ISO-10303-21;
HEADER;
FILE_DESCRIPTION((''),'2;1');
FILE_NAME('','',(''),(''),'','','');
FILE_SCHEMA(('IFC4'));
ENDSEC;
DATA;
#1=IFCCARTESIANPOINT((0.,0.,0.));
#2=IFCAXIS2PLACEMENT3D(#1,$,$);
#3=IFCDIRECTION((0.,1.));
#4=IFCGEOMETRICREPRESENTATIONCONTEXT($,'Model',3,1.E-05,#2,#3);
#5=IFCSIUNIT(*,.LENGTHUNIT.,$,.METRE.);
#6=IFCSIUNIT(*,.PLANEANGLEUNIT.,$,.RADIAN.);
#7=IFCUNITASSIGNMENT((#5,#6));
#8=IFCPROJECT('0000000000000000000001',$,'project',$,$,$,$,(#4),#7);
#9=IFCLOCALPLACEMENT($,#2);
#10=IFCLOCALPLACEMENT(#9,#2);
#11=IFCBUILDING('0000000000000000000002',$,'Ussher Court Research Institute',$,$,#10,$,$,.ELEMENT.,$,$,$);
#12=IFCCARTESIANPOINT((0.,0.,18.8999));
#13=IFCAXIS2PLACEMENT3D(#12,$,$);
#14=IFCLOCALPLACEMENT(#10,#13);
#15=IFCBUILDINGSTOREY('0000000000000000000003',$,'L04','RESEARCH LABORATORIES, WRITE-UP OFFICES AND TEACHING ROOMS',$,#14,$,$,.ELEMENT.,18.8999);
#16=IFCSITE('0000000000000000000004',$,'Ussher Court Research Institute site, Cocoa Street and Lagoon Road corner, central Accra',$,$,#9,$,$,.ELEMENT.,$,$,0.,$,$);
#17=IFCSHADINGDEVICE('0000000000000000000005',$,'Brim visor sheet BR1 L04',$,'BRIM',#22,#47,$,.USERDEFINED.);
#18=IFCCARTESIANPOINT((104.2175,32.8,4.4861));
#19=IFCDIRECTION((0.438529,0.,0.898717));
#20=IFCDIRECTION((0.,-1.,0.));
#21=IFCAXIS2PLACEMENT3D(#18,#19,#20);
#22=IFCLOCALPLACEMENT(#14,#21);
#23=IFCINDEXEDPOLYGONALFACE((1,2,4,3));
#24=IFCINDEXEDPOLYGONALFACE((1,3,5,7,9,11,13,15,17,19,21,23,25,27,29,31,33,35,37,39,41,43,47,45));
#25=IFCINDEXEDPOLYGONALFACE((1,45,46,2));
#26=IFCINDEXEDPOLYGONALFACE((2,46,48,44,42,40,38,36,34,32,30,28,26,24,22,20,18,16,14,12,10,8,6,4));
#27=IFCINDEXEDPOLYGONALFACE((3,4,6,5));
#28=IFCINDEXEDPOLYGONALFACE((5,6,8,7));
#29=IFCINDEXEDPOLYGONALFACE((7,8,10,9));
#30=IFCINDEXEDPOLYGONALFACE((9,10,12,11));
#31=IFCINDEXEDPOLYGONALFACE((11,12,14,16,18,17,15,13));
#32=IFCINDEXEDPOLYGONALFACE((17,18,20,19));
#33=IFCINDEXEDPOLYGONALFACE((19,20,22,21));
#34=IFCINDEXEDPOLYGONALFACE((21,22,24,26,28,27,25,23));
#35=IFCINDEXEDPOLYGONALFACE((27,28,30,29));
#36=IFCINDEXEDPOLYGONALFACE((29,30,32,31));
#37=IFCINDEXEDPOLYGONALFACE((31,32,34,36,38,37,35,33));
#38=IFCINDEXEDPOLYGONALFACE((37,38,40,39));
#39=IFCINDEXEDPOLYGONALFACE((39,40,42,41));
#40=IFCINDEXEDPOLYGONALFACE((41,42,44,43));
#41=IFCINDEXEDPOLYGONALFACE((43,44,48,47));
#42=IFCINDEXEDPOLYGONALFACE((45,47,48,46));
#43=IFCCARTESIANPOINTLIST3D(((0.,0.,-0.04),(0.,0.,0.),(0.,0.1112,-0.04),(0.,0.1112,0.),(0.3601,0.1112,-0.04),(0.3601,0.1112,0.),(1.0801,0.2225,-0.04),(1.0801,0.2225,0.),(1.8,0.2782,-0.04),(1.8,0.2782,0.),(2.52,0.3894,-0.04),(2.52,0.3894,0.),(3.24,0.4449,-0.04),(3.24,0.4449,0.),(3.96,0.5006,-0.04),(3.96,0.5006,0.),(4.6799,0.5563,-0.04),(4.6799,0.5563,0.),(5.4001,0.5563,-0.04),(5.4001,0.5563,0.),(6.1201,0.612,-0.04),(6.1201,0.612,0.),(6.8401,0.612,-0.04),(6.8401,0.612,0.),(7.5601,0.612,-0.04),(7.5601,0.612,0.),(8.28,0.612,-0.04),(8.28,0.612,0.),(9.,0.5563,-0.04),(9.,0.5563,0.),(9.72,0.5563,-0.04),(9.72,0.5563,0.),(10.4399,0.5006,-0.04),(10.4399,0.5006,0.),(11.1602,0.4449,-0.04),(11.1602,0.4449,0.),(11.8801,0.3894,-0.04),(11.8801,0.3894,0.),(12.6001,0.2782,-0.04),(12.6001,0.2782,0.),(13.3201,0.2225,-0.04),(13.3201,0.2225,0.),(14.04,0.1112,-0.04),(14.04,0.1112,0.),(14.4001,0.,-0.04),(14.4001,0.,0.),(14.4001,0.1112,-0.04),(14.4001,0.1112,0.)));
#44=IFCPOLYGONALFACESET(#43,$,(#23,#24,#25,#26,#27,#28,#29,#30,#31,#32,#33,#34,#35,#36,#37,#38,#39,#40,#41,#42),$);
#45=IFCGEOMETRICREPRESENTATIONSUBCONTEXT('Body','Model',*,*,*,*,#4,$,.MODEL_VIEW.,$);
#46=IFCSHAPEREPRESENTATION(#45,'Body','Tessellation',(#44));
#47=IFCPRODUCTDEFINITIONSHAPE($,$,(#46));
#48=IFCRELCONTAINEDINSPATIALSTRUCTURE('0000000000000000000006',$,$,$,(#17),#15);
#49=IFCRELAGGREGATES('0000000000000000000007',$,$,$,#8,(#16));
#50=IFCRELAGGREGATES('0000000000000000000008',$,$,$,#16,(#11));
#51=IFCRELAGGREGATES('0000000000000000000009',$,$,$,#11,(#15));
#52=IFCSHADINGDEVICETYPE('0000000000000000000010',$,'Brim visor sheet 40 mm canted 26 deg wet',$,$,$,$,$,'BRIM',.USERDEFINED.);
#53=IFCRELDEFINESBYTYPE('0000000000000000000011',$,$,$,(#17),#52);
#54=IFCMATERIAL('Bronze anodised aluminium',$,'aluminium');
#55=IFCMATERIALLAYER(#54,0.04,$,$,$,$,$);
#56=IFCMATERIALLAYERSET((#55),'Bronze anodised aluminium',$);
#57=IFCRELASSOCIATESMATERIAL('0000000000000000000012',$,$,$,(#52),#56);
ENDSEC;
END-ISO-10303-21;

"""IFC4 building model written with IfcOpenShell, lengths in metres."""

from ifc_helpers import new_model, si_unit, direction, frame, origin, place, context, subcontext, project, spatial, polyline, outline, extrude, material, layer, layer_set, type_object, element, save


model = new_model("IFC4")

# Units and contexts
model_context = context("Model", 3, precision=1e-05, world=origin(), true_north=direction((0.0, 1.0)))
body_context = subcontext(model_context, "Body", "Model", "MODEL_VIEW")
ifc_project = project(units=[si_unit("LENGTHUNIT", "METRE"), si_unit("PLANEANGLEUNIT", "RADIAN")], contexts=[model_context])

# Site, building, storey
site_placement = place(None, origin())
site = spatial("IfcSite", under=ifc_project, at=site_placement, Name="Ussher Court Research Institute site, Cocoa Street and Lagoon Road corner, central Accra", CompositionType="ELEMENT", RefElevation=0.0)
building_placement = place(site_placement, origin())
building = spatial("IfcBuilding", under=site, at=building_placement, Name="Ussher Court Research Institute", CompositionType="ELEMENT")
storey_placement = place(building_placement, frame((0.0, 0.0, 18.8999)))
storey = spatial("IfcBuildingStorey", under=building, at=storey_placement, Name="L04", Description="RESEARCH LABORATORIES, WRITE-UP OFFICES AND TEACHING ROOMS", CompositionType="ELEMENT", Elevation=18.8999)

# Shading device
ifc_material_1 = material(Name="Bronze anodised aluminium", Category="aluminium")
ifc_layer_1 = layer(ifc_material_1, 0.04)
ifc_layer_set_1 = layer_set([ifc_layer_1], Name="Bronze anodised aluminium")
shading_device_type_1 = type_object("IfcShadingDeviceType", Name="Brim visor sheet 40 mm canted 26 deg wet", ElementType="BRIM", PredefinedType="USERDEFINED", material=ifc_layer_set_1)
shading_device_1_placement = place(storey_placement, frame((104.2175, 32.8, 4.4861), z_axis=(0.438529, 0.0, 0.898717), x_axis=(0.0, -1.0, 0.0)))
element("IfcShadingDevice", 1, at=shading_device_1_placement, inside=storey, type_object=shading_device_type_1, Name="Brim visor sheet BR1 L04", ObjectType="BRIM", PredefinedType="USERDEFINED", context=body_context, shape_type="SweptSolid", body=[
    extrude(outline(polyline([(0.0, 0.0), (14.4001, 0.0), (14.4001, 0.1112), (14.04, 0.1112), (13.3201, 0.2225), (12.6001, 0.2782), (11.8801, 0.3894), (11.1602, 0.4449), (10.4399, 0.5006), (9.72, 0.5563), (9.0, 0.5563), (8.28, 0.612), (7.5601, 0.612), (6.8401, 0.612), (6.1201, 0.612), (5.4001, 0.5563), (4.6799, 0.5563), (3.96, 0.5006), (3.24, 0.4449), (2.52, 0.3894), (1.8, 0.2782), (1.0801, 0.2225), (0.3601, 0.1112), (0.0, 0.1112), (0.0, 0.0)])), origin(), (0.0, 0.0, -1.0), 0.04),
])

save(model, "model.ifc")
